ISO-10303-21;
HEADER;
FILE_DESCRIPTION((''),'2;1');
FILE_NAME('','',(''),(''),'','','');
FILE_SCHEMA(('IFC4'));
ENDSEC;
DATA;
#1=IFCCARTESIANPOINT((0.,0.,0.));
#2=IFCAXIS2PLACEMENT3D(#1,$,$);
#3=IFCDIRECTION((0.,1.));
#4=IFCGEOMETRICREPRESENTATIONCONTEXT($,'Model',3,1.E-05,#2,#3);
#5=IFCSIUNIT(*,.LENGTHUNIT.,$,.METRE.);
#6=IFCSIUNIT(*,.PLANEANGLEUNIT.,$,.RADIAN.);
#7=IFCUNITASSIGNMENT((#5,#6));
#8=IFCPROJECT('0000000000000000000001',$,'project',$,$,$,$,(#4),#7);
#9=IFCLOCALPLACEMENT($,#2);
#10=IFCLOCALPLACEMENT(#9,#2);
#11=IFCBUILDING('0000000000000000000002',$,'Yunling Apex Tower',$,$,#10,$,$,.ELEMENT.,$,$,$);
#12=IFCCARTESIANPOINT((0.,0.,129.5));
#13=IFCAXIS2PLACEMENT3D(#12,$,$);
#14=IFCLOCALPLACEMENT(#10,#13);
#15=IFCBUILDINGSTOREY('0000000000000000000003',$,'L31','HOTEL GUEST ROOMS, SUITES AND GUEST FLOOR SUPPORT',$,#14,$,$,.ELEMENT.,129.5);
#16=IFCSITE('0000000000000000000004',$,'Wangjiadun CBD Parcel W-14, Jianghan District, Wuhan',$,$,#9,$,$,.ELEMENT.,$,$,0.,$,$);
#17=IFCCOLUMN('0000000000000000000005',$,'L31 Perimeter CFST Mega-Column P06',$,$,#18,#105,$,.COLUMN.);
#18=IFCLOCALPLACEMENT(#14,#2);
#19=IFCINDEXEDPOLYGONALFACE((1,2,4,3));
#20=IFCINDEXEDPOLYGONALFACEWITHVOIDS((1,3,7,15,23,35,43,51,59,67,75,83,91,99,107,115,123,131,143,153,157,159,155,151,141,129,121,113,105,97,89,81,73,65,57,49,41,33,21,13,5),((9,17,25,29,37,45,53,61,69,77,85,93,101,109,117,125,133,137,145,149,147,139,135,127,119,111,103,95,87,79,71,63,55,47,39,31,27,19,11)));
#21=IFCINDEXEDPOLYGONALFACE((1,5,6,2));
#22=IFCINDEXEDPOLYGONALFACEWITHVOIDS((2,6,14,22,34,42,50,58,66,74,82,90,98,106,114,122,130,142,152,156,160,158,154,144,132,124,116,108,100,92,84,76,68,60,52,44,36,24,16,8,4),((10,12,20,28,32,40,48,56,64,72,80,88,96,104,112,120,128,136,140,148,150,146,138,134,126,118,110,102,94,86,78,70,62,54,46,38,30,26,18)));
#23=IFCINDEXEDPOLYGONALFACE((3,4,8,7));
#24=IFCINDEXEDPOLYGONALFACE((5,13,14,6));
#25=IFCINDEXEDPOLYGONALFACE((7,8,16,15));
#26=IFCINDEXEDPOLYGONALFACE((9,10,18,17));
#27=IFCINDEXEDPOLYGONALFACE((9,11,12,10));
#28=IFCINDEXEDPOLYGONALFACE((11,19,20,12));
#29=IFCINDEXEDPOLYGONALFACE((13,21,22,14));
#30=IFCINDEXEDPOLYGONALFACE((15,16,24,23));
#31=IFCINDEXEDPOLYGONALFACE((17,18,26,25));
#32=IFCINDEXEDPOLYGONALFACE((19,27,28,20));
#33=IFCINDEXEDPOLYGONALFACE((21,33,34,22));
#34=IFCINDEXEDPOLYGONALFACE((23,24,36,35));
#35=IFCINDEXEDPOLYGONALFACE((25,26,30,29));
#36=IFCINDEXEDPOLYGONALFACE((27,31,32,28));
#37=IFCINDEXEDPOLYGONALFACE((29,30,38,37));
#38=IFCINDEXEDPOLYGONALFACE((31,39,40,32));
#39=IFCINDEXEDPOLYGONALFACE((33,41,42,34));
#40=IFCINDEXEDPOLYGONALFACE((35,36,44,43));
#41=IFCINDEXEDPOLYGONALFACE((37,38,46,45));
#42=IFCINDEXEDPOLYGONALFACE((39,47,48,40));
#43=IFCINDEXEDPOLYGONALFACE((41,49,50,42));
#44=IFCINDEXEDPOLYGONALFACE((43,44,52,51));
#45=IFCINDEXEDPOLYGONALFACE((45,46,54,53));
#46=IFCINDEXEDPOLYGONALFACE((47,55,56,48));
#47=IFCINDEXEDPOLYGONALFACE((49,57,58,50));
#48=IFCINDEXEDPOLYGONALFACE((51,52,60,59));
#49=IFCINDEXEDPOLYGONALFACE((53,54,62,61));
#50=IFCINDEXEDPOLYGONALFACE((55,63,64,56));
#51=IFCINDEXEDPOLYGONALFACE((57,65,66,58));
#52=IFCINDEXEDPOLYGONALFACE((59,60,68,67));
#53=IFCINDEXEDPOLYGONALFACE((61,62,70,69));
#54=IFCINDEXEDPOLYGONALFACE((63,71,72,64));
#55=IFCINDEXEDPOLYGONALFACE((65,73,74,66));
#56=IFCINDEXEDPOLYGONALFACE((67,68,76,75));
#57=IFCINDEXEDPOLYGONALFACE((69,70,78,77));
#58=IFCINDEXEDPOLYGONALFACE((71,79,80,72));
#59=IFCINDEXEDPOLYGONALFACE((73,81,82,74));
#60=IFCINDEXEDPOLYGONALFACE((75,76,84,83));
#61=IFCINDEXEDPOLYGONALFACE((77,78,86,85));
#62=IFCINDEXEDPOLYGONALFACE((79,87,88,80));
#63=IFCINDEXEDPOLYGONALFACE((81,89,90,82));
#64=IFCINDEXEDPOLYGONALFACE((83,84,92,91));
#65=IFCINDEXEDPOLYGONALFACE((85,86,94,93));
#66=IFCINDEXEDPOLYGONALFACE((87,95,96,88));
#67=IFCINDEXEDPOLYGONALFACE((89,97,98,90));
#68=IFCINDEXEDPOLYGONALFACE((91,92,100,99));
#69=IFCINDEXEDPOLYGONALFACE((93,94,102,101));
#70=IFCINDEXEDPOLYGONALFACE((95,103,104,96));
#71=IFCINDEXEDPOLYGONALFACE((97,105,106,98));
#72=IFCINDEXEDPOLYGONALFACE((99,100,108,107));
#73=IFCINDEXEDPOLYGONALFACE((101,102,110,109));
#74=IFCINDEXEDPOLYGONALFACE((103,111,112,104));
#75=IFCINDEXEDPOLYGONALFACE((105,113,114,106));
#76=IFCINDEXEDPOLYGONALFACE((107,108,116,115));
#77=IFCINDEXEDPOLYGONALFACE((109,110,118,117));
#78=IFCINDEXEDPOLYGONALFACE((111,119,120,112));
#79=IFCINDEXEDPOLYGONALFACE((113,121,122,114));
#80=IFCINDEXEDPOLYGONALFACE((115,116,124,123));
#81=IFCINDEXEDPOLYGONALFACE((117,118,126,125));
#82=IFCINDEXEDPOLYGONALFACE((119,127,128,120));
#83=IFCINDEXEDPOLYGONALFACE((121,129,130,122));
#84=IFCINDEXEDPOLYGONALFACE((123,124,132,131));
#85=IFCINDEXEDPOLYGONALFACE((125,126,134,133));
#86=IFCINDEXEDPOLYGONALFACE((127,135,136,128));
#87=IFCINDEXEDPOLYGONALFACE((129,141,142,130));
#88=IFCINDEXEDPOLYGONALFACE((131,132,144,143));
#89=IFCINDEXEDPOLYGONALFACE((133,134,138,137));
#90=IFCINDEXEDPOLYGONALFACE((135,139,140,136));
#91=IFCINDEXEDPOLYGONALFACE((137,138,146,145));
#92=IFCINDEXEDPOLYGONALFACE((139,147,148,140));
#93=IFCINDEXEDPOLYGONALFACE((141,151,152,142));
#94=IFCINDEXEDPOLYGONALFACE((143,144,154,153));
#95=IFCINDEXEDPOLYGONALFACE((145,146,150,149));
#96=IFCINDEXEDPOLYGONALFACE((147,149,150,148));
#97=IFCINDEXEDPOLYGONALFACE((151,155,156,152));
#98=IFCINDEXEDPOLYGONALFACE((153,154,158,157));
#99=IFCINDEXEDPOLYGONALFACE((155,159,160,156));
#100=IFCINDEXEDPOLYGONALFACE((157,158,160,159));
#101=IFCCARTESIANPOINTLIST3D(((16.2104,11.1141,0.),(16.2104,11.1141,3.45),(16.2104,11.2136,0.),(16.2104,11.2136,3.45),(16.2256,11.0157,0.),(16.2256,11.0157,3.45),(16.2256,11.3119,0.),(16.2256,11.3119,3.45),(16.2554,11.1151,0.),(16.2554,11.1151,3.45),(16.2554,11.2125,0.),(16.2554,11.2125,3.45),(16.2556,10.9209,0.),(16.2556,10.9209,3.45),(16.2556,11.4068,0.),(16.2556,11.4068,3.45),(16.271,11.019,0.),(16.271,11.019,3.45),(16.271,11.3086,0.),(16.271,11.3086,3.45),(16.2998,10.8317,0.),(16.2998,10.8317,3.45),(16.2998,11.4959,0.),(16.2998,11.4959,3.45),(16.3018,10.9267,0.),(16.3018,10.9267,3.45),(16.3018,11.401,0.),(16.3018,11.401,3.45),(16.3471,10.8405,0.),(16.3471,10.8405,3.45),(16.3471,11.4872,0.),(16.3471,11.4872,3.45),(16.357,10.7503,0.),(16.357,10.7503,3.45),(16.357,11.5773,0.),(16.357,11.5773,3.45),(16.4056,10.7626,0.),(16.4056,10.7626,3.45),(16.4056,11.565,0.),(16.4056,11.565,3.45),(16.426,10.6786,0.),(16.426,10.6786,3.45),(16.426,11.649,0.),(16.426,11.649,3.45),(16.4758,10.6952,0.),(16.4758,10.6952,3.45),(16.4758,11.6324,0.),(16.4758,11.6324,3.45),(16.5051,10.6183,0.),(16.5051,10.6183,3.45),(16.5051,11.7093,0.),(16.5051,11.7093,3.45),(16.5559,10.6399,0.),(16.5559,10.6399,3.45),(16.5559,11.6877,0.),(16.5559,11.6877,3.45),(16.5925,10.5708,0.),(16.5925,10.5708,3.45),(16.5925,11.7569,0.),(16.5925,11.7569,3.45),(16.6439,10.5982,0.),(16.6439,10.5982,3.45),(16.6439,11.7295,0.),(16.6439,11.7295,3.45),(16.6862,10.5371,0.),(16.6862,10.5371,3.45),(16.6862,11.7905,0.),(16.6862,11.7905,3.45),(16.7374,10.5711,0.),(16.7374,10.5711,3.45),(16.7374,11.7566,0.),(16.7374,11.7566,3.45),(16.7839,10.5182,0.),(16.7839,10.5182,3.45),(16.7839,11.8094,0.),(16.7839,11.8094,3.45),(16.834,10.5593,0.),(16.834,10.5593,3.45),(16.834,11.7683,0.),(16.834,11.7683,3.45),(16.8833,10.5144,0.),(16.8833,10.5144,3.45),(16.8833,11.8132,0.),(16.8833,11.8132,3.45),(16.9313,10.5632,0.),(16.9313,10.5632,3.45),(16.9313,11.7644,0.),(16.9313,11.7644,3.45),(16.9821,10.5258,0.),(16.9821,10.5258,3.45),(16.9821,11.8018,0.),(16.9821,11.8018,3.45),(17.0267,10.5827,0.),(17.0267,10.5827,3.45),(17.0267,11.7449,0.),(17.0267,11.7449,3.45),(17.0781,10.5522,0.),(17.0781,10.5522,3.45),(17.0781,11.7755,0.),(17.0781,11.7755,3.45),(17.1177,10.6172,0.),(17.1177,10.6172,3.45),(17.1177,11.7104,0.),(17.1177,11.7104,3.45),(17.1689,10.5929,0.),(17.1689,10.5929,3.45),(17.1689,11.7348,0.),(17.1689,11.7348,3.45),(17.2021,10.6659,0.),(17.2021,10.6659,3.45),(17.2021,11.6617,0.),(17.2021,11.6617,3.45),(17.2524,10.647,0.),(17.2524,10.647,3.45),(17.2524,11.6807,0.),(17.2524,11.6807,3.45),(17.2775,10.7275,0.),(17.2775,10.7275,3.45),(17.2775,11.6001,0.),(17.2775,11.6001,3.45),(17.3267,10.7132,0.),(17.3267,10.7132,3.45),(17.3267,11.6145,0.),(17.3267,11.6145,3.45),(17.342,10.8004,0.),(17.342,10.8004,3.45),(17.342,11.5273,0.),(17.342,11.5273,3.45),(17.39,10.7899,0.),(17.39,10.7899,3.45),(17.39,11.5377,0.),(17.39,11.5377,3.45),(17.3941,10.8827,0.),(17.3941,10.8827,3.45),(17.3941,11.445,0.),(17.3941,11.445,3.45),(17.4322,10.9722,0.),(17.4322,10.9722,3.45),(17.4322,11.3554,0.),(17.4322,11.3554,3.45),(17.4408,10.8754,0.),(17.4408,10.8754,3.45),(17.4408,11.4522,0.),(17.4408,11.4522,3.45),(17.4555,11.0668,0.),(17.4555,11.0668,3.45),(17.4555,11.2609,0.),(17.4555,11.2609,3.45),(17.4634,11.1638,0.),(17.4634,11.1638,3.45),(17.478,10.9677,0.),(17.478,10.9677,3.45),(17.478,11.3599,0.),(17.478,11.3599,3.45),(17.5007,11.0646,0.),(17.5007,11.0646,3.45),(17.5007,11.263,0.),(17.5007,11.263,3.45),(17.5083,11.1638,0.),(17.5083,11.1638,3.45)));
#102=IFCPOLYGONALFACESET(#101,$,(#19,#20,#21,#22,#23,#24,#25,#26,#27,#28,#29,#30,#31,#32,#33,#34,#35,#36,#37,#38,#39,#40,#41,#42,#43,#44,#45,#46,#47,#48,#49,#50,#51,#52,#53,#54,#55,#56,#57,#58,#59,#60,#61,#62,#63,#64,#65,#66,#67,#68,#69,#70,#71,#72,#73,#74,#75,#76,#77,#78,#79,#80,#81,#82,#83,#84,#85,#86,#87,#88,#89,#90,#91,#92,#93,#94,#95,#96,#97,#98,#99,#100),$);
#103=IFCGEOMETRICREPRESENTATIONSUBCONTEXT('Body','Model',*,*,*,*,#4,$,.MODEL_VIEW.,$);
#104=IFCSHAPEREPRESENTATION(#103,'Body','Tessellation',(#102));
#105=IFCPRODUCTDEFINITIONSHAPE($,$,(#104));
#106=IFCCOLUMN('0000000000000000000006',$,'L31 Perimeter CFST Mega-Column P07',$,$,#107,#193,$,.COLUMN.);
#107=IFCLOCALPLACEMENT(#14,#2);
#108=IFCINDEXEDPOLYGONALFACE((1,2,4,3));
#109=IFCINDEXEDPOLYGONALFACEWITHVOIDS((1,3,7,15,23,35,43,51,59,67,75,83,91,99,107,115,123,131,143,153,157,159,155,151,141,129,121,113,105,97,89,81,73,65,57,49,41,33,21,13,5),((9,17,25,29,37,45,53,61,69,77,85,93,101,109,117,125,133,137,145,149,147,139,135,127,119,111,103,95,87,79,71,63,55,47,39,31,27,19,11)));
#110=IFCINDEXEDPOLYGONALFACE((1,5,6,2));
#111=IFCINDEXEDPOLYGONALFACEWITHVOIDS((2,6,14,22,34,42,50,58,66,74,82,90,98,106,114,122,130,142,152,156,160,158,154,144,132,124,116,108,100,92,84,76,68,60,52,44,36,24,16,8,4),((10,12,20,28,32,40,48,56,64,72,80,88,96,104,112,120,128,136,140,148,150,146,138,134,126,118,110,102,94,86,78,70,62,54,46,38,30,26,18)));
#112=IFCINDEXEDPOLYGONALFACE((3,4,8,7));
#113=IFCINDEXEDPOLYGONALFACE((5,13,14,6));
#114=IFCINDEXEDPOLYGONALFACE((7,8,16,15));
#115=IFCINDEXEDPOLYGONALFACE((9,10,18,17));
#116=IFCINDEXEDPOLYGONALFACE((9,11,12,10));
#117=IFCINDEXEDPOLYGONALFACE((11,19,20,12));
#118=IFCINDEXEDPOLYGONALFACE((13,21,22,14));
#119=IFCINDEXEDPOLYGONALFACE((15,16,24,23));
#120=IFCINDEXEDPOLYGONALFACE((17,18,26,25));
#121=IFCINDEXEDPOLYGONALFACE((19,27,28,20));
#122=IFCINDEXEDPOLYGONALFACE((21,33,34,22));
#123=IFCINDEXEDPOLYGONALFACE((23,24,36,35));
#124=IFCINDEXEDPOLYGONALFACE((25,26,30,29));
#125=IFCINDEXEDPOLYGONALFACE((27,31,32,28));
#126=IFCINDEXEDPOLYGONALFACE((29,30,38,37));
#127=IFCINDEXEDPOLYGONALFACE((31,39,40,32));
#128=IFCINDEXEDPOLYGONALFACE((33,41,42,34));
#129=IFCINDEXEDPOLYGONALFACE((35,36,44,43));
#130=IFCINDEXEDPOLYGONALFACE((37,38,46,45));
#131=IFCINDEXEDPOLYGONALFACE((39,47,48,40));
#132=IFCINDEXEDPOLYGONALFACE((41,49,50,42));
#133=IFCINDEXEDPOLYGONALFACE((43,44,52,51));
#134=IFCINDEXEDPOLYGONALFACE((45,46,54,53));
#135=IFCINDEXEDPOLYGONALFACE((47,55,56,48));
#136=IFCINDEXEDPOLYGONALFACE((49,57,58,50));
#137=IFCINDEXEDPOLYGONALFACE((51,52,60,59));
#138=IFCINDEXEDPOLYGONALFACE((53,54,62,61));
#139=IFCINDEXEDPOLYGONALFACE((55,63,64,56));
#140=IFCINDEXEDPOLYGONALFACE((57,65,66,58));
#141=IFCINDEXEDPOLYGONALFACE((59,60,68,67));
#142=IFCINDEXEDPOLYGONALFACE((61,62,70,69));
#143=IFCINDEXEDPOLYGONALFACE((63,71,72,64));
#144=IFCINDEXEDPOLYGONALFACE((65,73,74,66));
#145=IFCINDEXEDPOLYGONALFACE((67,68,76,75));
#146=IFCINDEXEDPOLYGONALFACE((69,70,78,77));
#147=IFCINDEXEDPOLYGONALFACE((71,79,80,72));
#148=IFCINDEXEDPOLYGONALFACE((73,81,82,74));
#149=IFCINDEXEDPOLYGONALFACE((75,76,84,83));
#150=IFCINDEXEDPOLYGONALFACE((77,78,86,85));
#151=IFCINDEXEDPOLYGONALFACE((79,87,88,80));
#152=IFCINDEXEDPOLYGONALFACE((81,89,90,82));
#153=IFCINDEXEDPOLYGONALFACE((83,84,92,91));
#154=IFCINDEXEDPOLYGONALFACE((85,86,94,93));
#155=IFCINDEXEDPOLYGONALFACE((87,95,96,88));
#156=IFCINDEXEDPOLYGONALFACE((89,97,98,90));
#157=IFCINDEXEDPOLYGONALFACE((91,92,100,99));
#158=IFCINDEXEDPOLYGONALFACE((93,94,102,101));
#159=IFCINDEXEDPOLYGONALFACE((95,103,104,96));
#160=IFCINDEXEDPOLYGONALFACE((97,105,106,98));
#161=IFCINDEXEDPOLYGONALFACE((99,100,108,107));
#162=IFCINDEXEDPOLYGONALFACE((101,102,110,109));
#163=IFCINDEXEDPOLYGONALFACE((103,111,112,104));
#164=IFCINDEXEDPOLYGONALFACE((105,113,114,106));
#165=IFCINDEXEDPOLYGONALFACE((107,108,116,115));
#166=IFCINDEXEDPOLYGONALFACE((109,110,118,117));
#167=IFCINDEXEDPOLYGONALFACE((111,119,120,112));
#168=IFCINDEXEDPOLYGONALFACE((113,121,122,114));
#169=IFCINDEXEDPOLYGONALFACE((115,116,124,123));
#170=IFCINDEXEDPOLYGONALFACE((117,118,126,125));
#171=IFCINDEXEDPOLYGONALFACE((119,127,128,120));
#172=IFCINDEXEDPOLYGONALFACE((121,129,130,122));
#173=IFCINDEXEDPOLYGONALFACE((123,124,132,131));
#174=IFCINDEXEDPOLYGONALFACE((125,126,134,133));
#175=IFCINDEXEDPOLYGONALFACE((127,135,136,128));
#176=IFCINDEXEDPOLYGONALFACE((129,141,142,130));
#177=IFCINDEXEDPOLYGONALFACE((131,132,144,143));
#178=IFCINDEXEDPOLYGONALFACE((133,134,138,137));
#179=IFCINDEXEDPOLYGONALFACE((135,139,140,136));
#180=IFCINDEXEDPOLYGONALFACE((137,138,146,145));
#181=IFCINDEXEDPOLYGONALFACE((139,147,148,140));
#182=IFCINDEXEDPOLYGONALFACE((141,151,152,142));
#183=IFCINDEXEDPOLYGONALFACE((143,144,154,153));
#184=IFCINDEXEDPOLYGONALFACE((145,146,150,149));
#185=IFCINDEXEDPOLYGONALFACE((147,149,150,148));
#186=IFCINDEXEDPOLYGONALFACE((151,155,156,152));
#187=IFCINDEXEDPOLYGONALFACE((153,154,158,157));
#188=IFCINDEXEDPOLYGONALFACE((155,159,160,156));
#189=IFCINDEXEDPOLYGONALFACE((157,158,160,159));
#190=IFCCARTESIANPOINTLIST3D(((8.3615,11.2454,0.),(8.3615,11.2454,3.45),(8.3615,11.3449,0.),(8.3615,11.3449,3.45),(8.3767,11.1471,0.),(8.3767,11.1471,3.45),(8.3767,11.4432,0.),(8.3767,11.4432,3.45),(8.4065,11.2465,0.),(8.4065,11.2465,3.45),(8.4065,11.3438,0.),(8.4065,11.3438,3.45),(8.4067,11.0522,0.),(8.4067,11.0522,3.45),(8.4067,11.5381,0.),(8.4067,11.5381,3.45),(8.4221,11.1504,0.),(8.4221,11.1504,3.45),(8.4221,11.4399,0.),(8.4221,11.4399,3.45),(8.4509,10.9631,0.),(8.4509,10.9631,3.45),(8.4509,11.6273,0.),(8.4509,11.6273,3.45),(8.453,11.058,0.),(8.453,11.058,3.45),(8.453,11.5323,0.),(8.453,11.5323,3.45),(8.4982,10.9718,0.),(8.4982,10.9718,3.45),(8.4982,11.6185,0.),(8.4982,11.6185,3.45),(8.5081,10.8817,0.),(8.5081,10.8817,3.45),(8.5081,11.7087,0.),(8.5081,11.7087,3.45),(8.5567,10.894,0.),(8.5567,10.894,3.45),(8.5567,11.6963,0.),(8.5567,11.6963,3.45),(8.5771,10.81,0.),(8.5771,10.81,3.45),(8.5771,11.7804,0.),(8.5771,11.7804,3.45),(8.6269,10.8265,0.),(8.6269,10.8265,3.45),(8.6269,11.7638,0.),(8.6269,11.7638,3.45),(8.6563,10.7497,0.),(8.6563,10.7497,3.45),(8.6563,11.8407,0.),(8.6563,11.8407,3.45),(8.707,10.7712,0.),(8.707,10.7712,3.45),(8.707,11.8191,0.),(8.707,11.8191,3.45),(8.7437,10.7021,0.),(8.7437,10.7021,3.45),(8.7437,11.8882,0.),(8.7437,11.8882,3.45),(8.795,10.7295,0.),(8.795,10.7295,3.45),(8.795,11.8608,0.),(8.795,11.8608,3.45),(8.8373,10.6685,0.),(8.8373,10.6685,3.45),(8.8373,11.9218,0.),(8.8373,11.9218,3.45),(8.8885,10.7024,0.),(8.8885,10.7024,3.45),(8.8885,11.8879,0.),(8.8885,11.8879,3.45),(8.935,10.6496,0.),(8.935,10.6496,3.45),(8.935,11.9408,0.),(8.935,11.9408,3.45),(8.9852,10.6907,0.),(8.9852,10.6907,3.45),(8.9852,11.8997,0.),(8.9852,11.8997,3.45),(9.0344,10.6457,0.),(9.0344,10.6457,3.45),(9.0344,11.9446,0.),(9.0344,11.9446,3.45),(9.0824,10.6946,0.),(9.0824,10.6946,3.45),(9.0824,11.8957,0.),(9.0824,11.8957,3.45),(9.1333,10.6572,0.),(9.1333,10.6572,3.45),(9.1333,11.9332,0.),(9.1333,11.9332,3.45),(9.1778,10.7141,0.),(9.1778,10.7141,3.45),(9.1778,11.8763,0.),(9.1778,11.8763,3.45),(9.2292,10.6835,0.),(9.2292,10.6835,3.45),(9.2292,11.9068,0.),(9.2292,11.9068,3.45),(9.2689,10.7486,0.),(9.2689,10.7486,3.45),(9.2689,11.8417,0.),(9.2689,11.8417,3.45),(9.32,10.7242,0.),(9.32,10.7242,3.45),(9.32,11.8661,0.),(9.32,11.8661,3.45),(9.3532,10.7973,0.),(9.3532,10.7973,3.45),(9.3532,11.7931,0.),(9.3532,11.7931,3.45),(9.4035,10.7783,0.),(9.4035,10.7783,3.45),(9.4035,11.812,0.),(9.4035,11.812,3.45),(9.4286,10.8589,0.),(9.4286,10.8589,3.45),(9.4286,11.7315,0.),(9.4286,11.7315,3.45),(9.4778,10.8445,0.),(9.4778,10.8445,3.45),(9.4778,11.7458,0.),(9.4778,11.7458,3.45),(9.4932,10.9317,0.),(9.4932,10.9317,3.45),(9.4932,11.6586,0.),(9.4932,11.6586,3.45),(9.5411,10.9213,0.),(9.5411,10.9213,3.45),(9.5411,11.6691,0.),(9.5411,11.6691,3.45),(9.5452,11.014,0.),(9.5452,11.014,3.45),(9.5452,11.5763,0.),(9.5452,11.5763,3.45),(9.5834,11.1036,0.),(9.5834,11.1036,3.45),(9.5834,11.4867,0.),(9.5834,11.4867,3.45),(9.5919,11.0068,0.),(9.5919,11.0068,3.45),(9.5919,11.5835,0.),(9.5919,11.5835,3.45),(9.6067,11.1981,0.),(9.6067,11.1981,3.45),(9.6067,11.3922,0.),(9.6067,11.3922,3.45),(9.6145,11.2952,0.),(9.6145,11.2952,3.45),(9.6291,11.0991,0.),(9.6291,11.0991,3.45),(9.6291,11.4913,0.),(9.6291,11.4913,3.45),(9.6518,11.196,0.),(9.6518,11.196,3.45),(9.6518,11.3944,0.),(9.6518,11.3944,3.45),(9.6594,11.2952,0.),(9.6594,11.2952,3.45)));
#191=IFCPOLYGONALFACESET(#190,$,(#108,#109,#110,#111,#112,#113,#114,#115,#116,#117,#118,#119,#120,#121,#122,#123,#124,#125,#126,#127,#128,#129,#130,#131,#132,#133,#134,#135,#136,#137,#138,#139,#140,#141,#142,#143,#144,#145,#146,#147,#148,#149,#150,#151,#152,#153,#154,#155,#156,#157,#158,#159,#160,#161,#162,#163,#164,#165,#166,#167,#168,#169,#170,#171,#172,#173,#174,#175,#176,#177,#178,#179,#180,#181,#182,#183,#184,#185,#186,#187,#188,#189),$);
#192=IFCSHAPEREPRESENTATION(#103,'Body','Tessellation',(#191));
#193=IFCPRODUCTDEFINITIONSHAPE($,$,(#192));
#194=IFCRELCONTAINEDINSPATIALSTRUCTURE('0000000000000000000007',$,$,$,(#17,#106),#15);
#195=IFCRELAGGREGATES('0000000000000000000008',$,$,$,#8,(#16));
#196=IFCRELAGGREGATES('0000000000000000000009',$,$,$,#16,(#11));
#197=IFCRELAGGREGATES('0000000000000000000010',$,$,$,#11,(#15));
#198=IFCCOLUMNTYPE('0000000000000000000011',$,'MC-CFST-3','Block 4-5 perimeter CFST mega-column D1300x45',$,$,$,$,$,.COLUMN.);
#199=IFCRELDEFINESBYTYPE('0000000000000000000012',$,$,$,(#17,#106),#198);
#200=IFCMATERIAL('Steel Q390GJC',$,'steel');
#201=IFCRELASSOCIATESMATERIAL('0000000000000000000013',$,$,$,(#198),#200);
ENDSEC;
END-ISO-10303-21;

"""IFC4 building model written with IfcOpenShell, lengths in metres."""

from ifc_helpers import new_model, si_unit, direction, frame, origin, origin_2d, place, context, subcontext, project, spatial, hollow_circle, extrude, source, transform, mapped, material, material_profile, profile_set, type_object, element, save


model = new_model("IFC4")

# Units and contexts
model_context = context("Model", 3, precision=1e-05, world=origin(), true_north=direction((0.0, 1.0)))
body_context = subcontext(model_context, "Body", "Model", "MODEL_VIEW")
ifc_project = project(units=[si_unit("LENGTHUNIT", "METRE"), si_unit("PLANEANGLEUNIT", "RADIAN")], contexts=[model_context])

# Site, building, storey
site_placement = place(None, origin())
site = spatial("IfcSite", under=ifc_project, at=site_placement, Name="Wangjiadun CBD Parcel W-14, Jianghan District, Wuhan", CompositionType="ELEMENT", RefElevation=0.0)
building_placement = place(site_placement, origin())
building = spatial("IfcBuilding", under=site, at=building_placement, Name="Yunling Apex Tower", CompositionType="ELEMENT")
storey_placement = place(building_placement, frame((0.0, 0.0, 129.5)))
storey = spatial("IfcBuildingStorey", under=building, at=storey_placement, Name="L31", Description="HOTEL GUEST ROOMS, SUITES AND GUEST FLOOR SUPPORT", CompositionType="ELEMENT", Elevation=129.5)

# Columns
ifc_material_1 = material(Name="Steel Q390GJC", Category="steel")
ifc_material_profile_1 = material_profile(ifc_material_1, hollow_circle(Radius=0.6499, WallThickness=0.0449, at=origin_2d()))
ifc_profile_set_1 = profile_set([ifc_material_profile_1], Name="Steel Q390GJC")
column_type = type_object("IfcColumnType", Name="MC-CFST-3", Description="Block 4-5 perimeter CFST mega-column D1300x45", PredefinedType="COLUMN", material=ifc_profile_set_1)
shared_shape_1 = source(origin(), body_context, "Body", "SweptSolid", [
    extrude(hollow_circle(Radius=0.6499, WallThickness=0.0449, at=origin_2d()), origin(), (0.0, 0.0, 1.0), 3.45),
])
for number, where, z_axis, x_axis, name in (
    (1, (16.8584, 11.1638, 0.0), (0.0, 0.0, 1.0), (1.0, 0.0, 0.0), "L31 Perimeter CFST Mega-Column P06"),
    (2, (9.0095, 11.2952, 0.0), (0.0, 0.0, 1.0), (1.0, 0.0, 0.0), "L31 Perimeter CFST Mega-Column P07"),
):
    element("IfcColumn", number, at=place(storey_placement, frame(where, z_axis=z_axis, x_axis=x_axis)), inside=storey, type_object=column_type, Name=name, PredefinedType="COLUMN", context=body_context, shape_type="MappedRepresentation", body=[
        mapped(shared_shape_1, transform((0.0, 0.0, 0.0), scale=1.0)),
    ])

save(model, "model.ifc")
